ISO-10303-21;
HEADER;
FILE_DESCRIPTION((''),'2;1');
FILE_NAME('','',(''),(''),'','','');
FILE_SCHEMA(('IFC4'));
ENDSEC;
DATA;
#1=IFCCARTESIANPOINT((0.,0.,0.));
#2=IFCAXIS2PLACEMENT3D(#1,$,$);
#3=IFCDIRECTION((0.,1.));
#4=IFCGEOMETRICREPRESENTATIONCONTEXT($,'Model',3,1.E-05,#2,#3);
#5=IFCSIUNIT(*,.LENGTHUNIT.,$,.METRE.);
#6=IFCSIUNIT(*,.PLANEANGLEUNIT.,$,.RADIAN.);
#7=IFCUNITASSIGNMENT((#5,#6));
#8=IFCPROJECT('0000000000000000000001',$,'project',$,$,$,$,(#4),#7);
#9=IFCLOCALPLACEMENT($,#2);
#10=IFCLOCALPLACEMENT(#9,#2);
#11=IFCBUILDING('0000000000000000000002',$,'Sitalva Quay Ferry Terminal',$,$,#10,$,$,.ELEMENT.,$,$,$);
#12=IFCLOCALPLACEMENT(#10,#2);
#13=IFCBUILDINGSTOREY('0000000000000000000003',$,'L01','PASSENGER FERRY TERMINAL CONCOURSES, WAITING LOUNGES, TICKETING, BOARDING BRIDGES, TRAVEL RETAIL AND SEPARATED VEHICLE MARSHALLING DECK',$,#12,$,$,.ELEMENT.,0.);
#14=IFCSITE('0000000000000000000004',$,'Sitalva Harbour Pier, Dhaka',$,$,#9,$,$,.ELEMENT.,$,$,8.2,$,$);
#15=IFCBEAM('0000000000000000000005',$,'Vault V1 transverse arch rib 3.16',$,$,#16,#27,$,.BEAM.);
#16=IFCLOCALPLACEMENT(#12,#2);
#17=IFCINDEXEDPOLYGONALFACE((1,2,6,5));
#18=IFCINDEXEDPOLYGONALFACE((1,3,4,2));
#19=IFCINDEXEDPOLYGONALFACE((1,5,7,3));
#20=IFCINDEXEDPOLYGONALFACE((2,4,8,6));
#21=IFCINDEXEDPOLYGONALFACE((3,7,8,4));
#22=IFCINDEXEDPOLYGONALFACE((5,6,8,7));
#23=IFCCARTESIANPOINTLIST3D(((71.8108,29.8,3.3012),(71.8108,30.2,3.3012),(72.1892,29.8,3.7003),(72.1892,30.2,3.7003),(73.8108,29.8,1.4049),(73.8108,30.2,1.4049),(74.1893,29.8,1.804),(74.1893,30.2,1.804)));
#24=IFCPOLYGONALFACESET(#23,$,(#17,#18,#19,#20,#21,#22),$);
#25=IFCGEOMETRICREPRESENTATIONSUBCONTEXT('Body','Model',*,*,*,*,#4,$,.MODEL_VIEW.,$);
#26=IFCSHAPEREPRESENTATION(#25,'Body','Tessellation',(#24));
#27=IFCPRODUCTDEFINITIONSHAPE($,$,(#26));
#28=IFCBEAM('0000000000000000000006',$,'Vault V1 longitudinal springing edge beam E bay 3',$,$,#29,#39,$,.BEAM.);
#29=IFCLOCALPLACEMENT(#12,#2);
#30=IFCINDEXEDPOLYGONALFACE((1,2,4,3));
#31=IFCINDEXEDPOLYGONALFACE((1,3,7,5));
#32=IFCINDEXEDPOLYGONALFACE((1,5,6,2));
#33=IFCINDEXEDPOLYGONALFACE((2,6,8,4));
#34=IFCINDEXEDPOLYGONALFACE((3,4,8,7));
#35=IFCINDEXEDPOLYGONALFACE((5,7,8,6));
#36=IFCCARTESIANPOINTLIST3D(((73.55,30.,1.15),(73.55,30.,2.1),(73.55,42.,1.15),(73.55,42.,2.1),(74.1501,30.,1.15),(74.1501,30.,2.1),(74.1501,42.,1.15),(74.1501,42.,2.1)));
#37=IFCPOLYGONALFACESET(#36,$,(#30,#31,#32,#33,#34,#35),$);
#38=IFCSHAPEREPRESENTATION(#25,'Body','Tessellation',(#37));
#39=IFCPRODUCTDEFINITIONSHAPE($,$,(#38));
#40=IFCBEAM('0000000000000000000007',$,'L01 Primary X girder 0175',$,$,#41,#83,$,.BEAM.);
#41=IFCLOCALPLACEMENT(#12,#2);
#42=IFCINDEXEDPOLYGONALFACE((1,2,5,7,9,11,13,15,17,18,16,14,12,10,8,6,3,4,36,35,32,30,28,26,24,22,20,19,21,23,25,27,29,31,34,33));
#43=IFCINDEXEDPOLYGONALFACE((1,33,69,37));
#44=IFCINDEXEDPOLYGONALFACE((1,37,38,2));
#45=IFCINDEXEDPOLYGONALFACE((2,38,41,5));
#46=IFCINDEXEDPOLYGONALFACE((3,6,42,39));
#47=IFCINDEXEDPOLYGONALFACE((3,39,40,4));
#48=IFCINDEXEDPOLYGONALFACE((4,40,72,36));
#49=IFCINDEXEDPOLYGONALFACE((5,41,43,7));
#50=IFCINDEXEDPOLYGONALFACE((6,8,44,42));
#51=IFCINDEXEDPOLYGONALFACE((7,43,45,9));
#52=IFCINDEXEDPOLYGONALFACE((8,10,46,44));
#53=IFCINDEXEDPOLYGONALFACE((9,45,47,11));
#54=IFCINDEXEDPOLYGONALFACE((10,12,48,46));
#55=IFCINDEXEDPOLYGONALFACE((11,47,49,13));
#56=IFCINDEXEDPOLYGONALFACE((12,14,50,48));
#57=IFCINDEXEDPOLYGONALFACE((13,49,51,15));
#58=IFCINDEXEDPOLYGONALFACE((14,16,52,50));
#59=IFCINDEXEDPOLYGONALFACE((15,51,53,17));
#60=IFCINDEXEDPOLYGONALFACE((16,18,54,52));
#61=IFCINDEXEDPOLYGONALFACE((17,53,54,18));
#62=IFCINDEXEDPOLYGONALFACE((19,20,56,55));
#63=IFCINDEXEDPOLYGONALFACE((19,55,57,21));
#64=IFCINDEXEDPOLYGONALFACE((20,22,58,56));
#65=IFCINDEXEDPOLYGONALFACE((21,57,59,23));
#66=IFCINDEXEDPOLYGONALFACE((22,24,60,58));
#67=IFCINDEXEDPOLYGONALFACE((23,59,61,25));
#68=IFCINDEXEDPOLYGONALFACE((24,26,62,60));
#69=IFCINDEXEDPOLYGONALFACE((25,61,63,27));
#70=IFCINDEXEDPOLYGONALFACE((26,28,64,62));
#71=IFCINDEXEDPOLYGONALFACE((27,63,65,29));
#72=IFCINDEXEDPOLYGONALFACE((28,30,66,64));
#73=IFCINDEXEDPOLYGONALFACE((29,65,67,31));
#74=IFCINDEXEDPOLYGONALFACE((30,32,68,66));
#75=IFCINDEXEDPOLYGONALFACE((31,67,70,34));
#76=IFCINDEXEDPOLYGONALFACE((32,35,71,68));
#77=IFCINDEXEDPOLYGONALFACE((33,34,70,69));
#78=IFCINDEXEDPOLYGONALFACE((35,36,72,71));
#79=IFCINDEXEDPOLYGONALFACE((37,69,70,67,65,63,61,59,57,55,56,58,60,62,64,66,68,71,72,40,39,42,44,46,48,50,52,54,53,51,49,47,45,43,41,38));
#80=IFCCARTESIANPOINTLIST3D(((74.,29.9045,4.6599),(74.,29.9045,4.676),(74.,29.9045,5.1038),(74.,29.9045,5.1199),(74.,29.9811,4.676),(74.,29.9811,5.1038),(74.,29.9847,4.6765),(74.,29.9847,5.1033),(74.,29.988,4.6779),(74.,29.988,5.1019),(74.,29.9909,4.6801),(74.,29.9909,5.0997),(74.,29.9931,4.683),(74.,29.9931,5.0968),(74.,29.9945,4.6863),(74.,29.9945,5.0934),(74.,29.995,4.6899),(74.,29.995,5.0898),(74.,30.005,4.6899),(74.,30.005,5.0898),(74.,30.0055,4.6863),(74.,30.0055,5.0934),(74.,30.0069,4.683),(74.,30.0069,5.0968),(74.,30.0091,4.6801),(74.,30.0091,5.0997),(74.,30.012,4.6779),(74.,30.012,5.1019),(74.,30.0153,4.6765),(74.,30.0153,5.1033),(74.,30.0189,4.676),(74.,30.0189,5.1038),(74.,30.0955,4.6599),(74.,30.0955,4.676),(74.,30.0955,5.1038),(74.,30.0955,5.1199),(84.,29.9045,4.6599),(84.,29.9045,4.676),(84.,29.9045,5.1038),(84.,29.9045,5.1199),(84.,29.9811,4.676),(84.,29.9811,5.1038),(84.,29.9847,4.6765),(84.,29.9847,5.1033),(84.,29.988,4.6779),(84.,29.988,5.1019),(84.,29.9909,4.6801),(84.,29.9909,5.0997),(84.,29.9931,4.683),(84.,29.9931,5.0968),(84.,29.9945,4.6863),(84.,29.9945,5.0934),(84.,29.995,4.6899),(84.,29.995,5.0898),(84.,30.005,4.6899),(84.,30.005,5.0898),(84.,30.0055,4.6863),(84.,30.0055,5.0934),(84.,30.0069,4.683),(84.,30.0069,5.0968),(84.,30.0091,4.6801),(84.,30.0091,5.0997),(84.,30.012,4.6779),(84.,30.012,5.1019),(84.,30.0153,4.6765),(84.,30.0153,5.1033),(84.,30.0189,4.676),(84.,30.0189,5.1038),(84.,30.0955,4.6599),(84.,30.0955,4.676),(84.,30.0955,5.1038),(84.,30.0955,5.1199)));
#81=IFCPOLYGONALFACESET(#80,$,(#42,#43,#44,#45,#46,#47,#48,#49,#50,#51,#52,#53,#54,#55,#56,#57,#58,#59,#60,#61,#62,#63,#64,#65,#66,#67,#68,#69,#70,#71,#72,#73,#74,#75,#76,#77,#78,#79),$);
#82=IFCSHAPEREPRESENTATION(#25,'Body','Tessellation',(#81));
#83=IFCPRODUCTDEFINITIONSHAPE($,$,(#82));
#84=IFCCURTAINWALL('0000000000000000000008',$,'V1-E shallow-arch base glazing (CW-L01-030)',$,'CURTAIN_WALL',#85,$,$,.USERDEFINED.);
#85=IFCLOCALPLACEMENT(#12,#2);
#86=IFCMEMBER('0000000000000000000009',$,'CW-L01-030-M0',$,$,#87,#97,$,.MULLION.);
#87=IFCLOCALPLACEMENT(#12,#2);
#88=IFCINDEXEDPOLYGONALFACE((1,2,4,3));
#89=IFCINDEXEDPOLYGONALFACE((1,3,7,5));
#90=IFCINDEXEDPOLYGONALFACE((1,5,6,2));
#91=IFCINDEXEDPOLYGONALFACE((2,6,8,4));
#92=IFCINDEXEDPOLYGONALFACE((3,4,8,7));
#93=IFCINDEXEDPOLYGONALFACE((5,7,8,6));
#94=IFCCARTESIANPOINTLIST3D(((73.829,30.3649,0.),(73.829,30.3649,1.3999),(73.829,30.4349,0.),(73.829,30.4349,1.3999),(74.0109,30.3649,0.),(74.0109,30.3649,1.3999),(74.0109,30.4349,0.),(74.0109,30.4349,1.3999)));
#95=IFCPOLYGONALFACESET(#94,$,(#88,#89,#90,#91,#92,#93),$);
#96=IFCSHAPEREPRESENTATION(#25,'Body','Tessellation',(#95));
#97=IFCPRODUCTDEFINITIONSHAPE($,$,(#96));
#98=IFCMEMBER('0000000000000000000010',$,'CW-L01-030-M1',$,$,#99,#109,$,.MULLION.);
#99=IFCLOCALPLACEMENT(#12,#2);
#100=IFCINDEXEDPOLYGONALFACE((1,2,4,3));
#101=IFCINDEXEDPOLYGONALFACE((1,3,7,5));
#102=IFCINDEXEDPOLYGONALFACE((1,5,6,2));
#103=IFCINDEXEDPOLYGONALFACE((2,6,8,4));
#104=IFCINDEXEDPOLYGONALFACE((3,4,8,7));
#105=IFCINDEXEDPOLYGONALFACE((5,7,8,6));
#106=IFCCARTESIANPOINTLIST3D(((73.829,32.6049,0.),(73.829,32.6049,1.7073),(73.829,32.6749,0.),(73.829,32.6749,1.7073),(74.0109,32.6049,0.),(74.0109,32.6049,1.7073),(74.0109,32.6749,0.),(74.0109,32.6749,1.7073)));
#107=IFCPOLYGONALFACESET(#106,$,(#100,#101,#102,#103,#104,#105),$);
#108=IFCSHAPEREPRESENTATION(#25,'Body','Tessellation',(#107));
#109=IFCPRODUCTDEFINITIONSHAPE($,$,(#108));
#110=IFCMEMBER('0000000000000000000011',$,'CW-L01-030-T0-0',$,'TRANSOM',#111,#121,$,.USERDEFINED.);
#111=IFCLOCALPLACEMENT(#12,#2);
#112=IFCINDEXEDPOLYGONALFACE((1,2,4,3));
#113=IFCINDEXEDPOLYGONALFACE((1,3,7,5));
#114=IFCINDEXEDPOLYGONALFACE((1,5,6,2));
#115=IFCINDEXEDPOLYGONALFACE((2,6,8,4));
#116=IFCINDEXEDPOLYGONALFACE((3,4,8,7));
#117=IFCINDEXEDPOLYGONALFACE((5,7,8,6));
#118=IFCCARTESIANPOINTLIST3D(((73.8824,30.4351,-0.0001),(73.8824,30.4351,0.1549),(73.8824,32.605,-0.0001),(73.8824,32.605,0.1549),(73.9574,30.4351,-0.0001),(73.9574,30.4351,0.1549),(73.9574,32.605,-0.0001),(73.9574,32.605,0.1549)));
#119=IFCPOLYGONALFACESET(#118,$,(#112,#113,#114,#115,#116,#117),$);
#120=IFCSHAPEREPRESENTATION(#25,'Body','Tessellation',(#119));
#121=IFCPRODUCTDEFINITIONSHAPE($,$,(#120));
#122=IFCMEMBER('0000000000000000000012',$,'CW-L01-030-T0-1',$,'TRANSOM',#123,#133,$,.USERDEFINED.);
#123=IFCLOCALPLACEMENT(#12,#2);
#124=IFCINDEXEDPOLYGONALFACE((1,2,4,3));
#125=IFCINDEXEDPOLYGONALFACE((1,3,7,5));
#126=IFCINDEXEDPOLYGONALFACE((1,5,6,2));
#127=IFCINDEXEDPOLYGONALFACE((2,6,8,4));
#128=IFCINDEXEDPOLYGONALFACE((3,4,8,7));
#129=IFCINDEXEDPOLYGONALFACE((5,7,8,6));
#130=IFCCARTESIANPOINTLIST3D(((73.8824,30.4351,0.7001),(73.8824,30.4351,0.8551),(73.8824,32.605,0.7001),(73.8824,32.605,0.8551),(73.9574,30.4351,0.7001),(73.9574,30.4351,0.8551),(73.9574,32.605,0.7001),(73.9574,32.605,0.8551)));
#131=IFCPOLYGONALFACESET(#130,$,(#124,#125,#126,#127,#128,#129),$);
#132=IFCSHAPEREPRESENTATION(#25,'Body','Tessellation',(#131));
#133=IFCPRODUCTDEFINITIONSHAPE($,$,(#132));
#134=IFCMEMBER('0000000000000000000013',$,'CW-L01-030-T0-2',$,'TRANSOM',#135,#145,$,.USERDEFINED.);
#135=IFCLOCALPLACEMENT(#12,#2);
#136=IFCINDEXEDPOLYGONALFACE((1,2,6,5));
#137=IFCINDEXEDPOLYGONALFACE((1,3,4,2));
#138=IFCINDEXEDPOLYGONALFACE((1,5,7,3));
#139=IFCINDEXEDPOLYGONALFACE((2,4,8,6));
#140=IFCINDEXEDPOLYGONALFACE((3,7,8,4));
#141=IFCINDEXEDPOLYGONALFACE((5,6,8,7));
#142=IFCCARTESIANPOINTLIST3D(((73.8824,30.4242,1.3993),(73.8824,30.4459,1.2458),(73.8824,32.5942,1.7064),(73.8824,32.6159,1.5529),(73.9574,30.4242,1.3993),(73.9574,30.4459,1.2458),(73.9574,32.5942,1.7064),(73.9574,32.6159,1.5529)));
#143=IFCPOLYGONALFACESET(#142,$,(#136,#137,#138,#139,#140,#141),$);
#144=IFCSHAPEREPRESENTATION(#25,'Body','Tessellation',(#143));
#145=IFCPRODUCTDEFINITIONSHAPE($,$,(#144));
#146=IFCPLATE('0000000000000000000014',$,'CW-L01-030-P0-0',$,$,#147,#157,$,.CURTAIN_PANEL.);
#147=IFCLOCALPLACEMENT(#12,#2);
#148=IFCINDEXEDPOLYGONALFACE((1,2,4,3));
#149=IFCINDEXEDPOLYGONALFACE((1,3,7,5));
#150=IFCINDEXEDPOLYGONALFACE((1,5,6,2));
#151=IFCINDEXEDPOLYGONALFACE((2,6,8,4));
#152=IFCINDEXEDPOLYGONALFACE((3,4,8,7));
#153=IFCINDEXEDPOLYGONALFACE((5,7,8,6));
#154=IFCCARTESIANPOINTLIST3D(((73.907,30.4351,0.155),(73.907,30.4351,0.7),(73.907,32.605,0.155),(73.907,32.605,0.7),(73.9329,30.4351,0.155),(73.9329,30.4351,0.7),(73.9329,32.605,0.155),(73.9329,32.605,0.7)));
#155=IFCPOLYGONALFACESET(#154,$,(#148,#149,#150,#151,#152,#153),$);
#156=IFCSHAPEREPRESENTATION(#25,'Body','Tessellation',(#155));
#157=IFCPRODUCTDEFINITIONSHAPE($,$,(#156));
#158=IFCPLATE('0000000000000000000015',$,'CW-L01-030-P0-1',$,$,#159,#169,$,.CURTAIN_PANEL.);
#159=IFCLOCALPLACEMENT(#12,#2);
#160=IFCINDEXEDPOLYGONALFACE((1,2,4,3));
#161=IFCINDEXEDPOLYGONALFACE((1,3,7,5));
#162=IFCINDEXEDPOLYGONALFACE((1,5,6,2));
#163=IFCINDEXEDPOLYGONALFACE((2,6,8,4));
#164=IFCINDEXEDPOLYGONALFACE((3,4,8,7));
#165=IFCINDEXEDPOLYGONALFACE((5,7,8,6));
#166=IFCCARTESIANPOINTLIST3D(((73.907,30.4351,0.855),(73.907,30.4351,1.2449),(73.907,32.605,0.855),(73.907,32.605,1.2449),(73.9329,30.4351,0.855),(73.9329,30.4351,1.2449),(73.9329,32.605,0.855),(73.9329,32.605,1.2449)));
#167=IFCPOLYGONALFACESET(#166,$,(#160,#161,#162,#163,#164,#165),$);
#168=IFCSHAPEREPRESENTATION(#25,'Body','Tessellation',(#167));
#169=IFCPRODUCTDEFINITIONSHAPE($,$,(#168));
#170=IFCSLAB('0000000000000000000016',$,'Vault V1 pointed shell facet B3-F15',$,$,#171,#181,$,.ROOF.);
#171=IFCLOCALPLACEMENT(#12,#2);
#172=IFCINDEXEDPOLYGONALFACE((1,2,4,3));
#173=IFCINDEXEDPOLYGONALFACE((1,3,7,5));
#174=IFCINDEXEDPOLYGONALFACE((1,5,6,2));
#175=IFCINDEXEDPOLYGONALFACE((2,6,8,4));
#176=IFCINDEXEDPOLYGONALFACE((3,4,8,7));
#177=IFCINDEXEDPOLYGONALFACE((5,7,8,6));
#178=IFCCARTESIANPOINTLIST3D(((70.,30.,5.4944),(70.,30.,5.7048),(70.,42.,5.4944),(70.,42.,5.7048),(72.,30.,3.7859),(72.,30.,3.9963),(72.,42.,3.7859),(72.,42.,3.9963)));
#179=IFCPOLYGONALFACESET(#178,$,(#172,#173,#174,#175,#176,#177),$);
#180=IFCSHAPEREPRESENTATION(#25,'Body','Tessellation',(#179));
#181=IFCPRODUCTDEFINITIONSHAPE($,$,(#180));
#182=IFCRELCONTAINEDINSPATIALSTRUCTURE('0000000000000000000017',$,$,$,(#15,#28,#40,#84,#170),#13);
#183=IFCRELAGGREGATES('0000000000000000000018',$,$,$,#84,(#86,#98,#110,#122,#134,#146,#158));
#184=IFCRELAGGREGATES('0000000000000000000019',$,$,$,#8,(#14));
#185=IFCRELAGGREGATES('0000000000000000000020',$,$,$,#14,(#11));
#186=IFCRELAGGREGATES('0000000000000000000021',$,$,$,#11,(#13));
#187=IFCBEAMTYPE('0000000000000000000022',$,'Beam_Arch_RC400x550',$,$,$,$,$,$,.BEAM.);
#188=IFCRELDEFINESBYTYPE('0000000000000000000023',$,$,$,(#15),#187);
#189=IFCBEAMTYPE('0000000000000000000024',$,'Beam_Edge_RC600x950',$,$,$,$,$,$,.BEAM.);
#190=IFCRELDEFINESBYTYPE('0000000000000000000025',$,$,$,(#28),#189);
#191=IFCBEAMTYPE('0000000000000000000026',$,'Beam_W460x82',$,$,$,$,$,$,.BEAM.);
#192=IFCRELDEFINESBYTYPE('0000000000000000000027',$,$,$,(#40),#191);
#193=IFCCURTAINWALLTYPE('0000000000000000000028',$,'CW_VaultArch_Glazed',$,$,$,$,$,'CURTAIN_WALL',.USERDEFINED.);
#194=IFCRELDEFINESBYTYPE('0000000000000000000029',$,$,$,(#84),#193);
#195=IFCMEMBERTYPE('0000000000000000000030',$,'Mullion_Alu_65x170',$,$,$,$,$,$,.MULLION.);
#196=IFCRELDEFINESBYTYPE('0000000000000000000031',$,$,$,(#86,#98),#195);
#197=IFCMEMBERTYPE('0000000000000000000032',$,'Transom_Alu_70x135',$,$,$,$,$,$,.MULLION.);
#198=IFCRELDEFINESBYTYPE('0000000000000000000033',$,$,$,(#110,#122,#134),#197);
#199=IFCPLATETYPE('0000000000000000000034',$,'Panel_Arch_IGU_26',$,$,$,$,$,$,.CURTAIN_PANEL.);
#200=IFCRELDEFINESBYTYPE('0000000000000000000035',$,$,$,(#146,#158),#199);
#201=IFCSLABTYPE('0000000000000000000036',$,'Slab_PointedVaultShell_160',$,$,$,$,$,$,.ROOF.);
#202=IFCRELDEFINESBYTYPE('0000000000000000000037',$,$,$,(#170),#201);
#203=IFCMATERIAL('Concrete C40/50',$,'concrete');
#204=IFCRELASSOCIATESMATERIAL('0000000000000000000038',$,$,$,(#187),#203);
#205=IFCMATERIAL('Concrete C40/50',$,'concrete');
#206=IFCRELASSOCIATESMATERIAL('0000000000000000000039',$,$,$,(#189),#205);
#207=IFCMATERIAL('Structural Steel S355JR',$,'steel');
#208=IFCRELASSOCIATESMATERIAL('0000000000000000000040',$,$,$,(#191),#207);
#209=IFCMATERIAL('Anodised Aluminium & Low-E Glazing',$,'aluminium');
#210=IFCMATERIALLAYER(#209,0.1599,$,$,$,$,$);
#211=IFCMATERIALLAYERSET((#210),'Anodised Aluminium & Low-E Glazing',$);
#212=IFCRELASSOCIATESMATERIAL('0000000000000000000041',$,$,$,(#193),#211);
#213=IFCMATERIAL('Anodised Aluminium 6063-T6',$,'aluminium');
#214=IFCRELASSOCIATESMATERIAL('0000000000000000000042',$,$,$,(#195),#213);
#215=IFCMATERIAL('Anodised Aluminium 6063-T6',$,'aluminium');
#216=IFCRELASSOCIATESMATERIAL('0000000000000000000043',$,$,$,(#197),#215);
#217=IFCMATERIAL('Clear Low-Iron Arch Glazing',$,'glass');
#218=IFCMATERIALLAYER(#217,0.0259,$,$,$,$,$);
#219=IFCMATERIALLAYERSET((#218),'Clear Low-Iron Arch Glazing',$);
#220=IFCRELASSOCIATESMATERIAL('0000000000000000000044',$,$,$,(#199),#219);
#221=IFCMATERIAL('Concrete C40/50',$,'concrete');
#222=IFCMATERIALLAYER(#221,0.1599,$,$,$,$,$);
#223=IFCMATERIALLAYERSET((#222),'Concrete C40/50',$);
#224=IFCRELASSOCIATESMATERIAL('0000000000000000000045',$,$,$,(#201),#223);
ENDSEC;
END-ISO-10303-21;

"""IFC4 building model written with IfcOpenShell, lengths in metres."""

from ifc_helpers import new_model, si_unit, direction, frame, origin, origin_2d, place, context, subcontext, project, spatial, polyline, rectangle, i_section, outline, extrude, material, layer, layer_set, material_profile, profile_set, type_object, element, aggregate, save


model = new_model("IFC4")

# Units and contexts
model_context = context("Model", 3, precision=1e-05, world=origin(), true_north=direction((0.0, 1.0)))
body_context = subcontext(model_context, "Body", "Model", "MODEL_VIEW")
ifc_project = project(units=[si_unit("LENGTHUNIT", "METRE"), si_unit("PLANEANGLEUNIT", "RADIAN")], contexts=[model_context])

# Site, building, storey
site_placement = place(None, origin())
site = spatial("IfcSite", under=ifc_project, at=site_placement, Name="Sitalva Harbour Pier, Dhaka", CompositionType="ELEMENT", RefElevation=8.2)
building_placement = place(site_placement, origin())
building = spatial("IfcBuilding", under=site, at=building_placement, Name="Sitalva Quay Ferry Terminal", CompositionType="ELEMENT")
storey_placement = place(building_placement, origin())
storey = spatial("IfcBuildingStorey", under=building, at=storey_placement, Name="L01", Description="PASSENGER FERRY TERMINAL CONCOURSES, WAITING LOUNGES, TICKETING, BOARDING BRIDGES, TRAVEL RETAIL AND SEPARATED VEHICLE MARSHALLING DECK", CompositionType="ELEMENT", Elevation=0.0)

# Beams
ifc_material_1 = material(Name="Concrete C40/50", Category="concrete")
ifc_material_profile_1 = material_profile(ifc_material_1, rectangle(XDim=0.3999, YDim=0.55, at=origin_2d()), Name="RC400x550")
ifc_profile_set_1 = profile_set([ifc_material_profile_1], Name="Concrete C40/50")
beam_type_1 = type_object("IfcBeamType", Name="Beam_Arch_RC400x550", PredefinedType="BEAM", material=ifc_profile_set_1)
beam_1_placement = place(storey_placement, frame((72.0, 30.0, 3.5007), z_axis=(0.72568, 0.0, -0.688032), x_axis=(0.0, 1.0, 0.0)))
element("IfcBeam", 1, at=beam_1_placement, inside=storey, type_object=beam_type_1, Name="Vault V1 transverse arch rib 3.16", PredefinedType="BEAM", context=body_context, shape_type="SweptSolid", body=[
    extrude(rectangle(XDim=0.3999, YDim=0.55, at=origin_2d()), origin(), (0.0, 0.0, 1.0), 2.7561),
])
ifc_material_2 = material(Name="Concrete C40/50", Category="concrete")
ifc_material_profile_2 = material_profile(ifc_material_2, rectangle(XDim=0.6001, YDim=0.95, at=origin_2d()), Name="RC600x950")
ifc_profile_set_2 = profile_set([ifc_material_profile_2], Name="Concrete C40/50")
beam_type_2 = type_object("IfcBeamType", Name="Beam_Edge_RC600x950", PredefinedType="BEAM", material=ifc_profile_set_2)
beam_2_placement = place(storey_placement, frame((73.8501, 30.0, 1.625), z_axis=(0.0, 1.0, 0.0), x_axis=(-1.0, 0.0, 0.0)))
element("IfcBeam", 2, at=beam_2_placement, inside=storey, type_object=beam_type_2, Name="Vault V1 longitudinal springing edge beam E bay 3", PredefinedType="BEAM", context=body_context, shape_type="SweptSolid", body=[
    extrude(rectangle(XDim=0.6001, YDim=0.95, at=origin_2d()), origin(), (0.0, 0.0, 1.0), 12.0),
])
ifc_material_3 = material(Name="Structural Steel S355JR", Category="steel")
ifc_material_profile_3 = material_profile(ifc_material_3, i_section(OverallWidth=0.1909, OverallDepth=0.46, WebThickness=0.01, FlangeThickness=0.0161, FilletRadius=0.0139, at=origin_2d()), Name="W460x82")
ifc_profile_set_3 = profile_set([ifc_material_profile_3], Name="Structural Steel S355JR")
beam_type_3 = type_object("IfcBeamType", Name="Beam_W460x82", PredefinedType="BEAM", material=ifc_profile_set_3)
beam_3_placement = place(storey_placement, frame((74.0, 30.0, 4.8899), z_axis=(1.0, 0.0, 0.0), x_axis=(0.0, 1.0, 0.0)))
element("IfcBeam", 3, at=beam_3_placement, inside=storey, type_object=beam_type_3, Name="L01 Primary X girder 0175", PredefinedType="BEAM", context=body_context, shape_type="SweptSolid", body=[
    extrude(i_section(OverallWidth=0.1909, OverallDepth=0.46, WebThickness=0.01, FlangeThickness=0.0161, FilletRadius=0.0139, at=origin_2d()), origin(), (0.0, 0.0, 1.0), 10.0),
])

# Curtain wall, members, plates
ifc_material_4 = material(Name="Anodised Aluminium & Low-E Glazing", Category="aluminium")
ifc_layer_1 = layer(ifc_material_4, 0.1599)
ifc_layer_set_1 = layer_set([ifc_layer_1], Name="Anodised Aluminium & Low-E Glazing")
curtain_wall_type = type_object("IfcCurtainWallType", Name="CW_VaultArch_Glazed", ElementType="CURTAIN_WALL", PredefinedType="USERDEFINED", material=ifc_layer_set_1)
curtain_wall_placement = place(storey_placement, origin())
curtain_wall = element("IfcCurtainWall", 4, at=curtain_wall_placement, inside=storey, type_object=curtain_wall_type, Name="V1-E shallow-arch base glazing (CW-L01-030)", ObjectType="CURTAIN_WALL", PredefinedType="USERDEFINED")
ifc_material_5 = material(Name="Anodised Aluminium 6063-T6", Category="aluminium")
ifc_material_profile_4 = material_profile(ifc_material_5, rectangle(XDim=0.0701, YDim=0.1819, at=origin_2d()), Name="ALU70x182")
ifc_profile_set_4 = profile_set([ifc_material_profile_4], Name="Anodised Aluminium 6063-T6")
member_type_1 = type_object("IfcMemberType", Name="Mullion_Alu_65x170", PredefinedType="MULLION", material=ifc_profile_set_4)
member_1_placement = place(storey_placement, frame((73.9199, 30.3999, 0.0), z_axis=(0.0, 0.0, 1.0), x_axis=(0.0, 1.0, 0.0)))
member_1 = element("IfcMember", 5, at=member_1_placement, type_object=member_type_1, Name="CW-L01-030-M0", PredefinedType="MULLION", context=body_context, shape_type="SweptSolid", body=[
    extrude(rectangle(XDim=0.0701, YDim=0.1819, at=origin_2d()), origin(), (0.0, 0.0, 1.0), 1.3999),
])
member_2_placement = place(storey_placement, frame((73.9199, 32.6399, 0.0), z_axis=(0.0, 0.0, 1.0), x_axis=(0.0, 1.0, 0.0)))
member_2 = element("IfcMember", 6, at=member_2_placement, type_object=member_type_1, Name="CW-L01-030-M1", PredefinedType="MULLION", context=body_context, shape_type="SweptSolid", body=[
    extrude(rectangle(XDim=0.0701, YDim=0.1819, at=origin_2d()), origin(), (0.0, 0.0, 1.0), 1.7073),
])
ifc_material_6 = material(Name="Anodised Aluminium 6063-T6", Category="aluminium")
ifc_material_profile_5 = material_profile(ifc_material_6, rectangle(XDim=0.075, YDim=0.155, at=origin_2d()), Name="ALU75x155")
ifc_profile_set_5 = profile_set([ifc_material_profile_5], Name="Anodised Aluminium 6063-T6")
member_type_2 = type_object("IfcMemberType", Name="Transom_Alu_70x135", PredefinedType="MULLION", material=ifc_profile_set_5)
member_3_placement = place(storey_placement, frame((73.9199, 30.4351, 0.0774), z_axis=(0.0, 1.0, 0.0), x_axis=(-1.0, 0.0, 0.0)))
member_3 = element("IfcMember", 7, at=member_3_placement, type_object=member_type_2, Name="CW-L01-030-T0-0", ObjectType="TRANSOM", PredefinedType="USERDEFINED", context=body_context, shape_type="SweptSolid", body=[
    extrude(rectangle(XDim=0.075, YDim=0.155, at=origin_2d()), origin(), (0.0, 0.0, 1.0), 2.1699),
])
member_4_placement = place(storey_placement, frame((73.9199, 30.4351, 0.7776), z_axis=(0.0, 1.0, 0.0), x_axis=(-1.0, 0.0, 0.0)))
member_4 = element("IfcMember", 8, at=member_4_placement, type_object=member_type_2, Name="CW-L01-030-T0-1", ObjectType="TRANSOM", PredefinedType="USERDEFINED", context=body_context, shape_type="SweptSolid", body=[
    extrude(rectangle(XDim=0.075, YDim=0.155, at=origin_2d()), origin(), (0.0, 0.0, 1.0), 2.1699),
])
member_5_placement = place(storey_placement, frame((73.9199, 30.4351, 1.3225), z_axis=(0.0, 0.990131, 0.140142), x_axis=(-1.0, 0.0, 0.0)))
member_5 = element("IfcMember", 9, at=member_5_placement, type_object=member_type_2, Name="CW-L01-030-T0-2", ObjectType="TRANSOM", PredefinedType="USERDEFINED", context=body_context, shape_type="SweptSolid", body=[
    extrude(rectangle(XDim=0.075, YDim=0.155, at=origin_2d()), origin(), (0.0, 0.0, 1.0), 2.1917),
])
ifc_material_7 = material(Name="Clear Low-Iron Arch Glazing", Category="glass")
ifc_layer_2 = layer(ifc_material_7, 0.0259)
ifc_layer_set_2 = layer_set([ifc_layer_2], Name="Clear Low-Iron Arch Glazing")
plate_type = type_object("IfcPlateType", Name="Panel_Arch_IGU_26", PredefinedType="CURTAIN_PANEL", material=ifc_layer_set_2)
plate_1_placement = place(storey_placement, frame((73.9199, 31.52, 0.155), z_axis=(0.0, 0.0, 1.0), x_axis=(0.0, 1.0, 0.0)))
plate_1 = element("IfcPlate", 10, at=plate_1_placement, type_object=plate_type, Name="CW-L01-030-P0-0", PredefinedType="CURTAIN_PANEL", context=body_context, shape_type="SweptSolid", body=[
    extrude(rectangle(XDim=2.1699, YDim=0.0259, at=origin_2d()), origin(), (0.0, 0.0, 1.0), 0.5449),
])
plate_2_placement = place(storey_placement, frame((73.9199, 31.52, 0.855), z_axis=(0.0, 0.0, 1.0), x_axis=(0.0, 1.0, 0.0)))
plate_2 = element("IfcPlate", 11, at=plate_2_placement, type_object=plate_type, Name="CW-L01-030-P0-1", PredefinedType="CURTAIN_PANEL", context=body_context, shape_type="SweptSolid", body=[
    extrude(rectangle(XDim=2.1699, YDim=0.0259, at=origin_2d()), origin(), (0.0, 0.0, 1.0), 0.3899),
])
aggregate(curtain_wall, [member_1, member_2, member_3, member_4, member_5, plate_1, plate_2])

# Slab
ifc_material_8 = material(Name="Concrete C40/50", Category="concrete")
ifc_layer_3 = layer(ifc_material_8, 0.1599)
ifc_layer_set_3 = layer_set([ifc_layer_3], Name="Concrete C40/50")
slab_type = type_object("IfcSlabType", Name="Slab_PointedVaultShell_160", PredefinedType="ROOF", material=ifc_layer_set_3)
slab_1_placement = place(storey_placement, frame((70.0, 30.0, 5.7048), z_axis=(0.649522, 0.0, 0.760343), x_axis=(0.760343, 0.0, -0.649522)))
element("IfcSlab", 12, at=slab_1_placement, inside=storey, type_object=slab_type, Name="Vault V1 pointed shell facet B3-F15", PredefinedType="ROOF", context=body_context, shape_type="SweptSolid", body=[
    extrude(outline(polyline([(0.0, 0.0), (2.6304, 0.0), (2.6304, 12.0), (0.0, 12.0), (0.0, 0.0)])), origin(), (0.649522, 0.0, -0.760343), 0.2104),
])

save(model, "model.ifc")
